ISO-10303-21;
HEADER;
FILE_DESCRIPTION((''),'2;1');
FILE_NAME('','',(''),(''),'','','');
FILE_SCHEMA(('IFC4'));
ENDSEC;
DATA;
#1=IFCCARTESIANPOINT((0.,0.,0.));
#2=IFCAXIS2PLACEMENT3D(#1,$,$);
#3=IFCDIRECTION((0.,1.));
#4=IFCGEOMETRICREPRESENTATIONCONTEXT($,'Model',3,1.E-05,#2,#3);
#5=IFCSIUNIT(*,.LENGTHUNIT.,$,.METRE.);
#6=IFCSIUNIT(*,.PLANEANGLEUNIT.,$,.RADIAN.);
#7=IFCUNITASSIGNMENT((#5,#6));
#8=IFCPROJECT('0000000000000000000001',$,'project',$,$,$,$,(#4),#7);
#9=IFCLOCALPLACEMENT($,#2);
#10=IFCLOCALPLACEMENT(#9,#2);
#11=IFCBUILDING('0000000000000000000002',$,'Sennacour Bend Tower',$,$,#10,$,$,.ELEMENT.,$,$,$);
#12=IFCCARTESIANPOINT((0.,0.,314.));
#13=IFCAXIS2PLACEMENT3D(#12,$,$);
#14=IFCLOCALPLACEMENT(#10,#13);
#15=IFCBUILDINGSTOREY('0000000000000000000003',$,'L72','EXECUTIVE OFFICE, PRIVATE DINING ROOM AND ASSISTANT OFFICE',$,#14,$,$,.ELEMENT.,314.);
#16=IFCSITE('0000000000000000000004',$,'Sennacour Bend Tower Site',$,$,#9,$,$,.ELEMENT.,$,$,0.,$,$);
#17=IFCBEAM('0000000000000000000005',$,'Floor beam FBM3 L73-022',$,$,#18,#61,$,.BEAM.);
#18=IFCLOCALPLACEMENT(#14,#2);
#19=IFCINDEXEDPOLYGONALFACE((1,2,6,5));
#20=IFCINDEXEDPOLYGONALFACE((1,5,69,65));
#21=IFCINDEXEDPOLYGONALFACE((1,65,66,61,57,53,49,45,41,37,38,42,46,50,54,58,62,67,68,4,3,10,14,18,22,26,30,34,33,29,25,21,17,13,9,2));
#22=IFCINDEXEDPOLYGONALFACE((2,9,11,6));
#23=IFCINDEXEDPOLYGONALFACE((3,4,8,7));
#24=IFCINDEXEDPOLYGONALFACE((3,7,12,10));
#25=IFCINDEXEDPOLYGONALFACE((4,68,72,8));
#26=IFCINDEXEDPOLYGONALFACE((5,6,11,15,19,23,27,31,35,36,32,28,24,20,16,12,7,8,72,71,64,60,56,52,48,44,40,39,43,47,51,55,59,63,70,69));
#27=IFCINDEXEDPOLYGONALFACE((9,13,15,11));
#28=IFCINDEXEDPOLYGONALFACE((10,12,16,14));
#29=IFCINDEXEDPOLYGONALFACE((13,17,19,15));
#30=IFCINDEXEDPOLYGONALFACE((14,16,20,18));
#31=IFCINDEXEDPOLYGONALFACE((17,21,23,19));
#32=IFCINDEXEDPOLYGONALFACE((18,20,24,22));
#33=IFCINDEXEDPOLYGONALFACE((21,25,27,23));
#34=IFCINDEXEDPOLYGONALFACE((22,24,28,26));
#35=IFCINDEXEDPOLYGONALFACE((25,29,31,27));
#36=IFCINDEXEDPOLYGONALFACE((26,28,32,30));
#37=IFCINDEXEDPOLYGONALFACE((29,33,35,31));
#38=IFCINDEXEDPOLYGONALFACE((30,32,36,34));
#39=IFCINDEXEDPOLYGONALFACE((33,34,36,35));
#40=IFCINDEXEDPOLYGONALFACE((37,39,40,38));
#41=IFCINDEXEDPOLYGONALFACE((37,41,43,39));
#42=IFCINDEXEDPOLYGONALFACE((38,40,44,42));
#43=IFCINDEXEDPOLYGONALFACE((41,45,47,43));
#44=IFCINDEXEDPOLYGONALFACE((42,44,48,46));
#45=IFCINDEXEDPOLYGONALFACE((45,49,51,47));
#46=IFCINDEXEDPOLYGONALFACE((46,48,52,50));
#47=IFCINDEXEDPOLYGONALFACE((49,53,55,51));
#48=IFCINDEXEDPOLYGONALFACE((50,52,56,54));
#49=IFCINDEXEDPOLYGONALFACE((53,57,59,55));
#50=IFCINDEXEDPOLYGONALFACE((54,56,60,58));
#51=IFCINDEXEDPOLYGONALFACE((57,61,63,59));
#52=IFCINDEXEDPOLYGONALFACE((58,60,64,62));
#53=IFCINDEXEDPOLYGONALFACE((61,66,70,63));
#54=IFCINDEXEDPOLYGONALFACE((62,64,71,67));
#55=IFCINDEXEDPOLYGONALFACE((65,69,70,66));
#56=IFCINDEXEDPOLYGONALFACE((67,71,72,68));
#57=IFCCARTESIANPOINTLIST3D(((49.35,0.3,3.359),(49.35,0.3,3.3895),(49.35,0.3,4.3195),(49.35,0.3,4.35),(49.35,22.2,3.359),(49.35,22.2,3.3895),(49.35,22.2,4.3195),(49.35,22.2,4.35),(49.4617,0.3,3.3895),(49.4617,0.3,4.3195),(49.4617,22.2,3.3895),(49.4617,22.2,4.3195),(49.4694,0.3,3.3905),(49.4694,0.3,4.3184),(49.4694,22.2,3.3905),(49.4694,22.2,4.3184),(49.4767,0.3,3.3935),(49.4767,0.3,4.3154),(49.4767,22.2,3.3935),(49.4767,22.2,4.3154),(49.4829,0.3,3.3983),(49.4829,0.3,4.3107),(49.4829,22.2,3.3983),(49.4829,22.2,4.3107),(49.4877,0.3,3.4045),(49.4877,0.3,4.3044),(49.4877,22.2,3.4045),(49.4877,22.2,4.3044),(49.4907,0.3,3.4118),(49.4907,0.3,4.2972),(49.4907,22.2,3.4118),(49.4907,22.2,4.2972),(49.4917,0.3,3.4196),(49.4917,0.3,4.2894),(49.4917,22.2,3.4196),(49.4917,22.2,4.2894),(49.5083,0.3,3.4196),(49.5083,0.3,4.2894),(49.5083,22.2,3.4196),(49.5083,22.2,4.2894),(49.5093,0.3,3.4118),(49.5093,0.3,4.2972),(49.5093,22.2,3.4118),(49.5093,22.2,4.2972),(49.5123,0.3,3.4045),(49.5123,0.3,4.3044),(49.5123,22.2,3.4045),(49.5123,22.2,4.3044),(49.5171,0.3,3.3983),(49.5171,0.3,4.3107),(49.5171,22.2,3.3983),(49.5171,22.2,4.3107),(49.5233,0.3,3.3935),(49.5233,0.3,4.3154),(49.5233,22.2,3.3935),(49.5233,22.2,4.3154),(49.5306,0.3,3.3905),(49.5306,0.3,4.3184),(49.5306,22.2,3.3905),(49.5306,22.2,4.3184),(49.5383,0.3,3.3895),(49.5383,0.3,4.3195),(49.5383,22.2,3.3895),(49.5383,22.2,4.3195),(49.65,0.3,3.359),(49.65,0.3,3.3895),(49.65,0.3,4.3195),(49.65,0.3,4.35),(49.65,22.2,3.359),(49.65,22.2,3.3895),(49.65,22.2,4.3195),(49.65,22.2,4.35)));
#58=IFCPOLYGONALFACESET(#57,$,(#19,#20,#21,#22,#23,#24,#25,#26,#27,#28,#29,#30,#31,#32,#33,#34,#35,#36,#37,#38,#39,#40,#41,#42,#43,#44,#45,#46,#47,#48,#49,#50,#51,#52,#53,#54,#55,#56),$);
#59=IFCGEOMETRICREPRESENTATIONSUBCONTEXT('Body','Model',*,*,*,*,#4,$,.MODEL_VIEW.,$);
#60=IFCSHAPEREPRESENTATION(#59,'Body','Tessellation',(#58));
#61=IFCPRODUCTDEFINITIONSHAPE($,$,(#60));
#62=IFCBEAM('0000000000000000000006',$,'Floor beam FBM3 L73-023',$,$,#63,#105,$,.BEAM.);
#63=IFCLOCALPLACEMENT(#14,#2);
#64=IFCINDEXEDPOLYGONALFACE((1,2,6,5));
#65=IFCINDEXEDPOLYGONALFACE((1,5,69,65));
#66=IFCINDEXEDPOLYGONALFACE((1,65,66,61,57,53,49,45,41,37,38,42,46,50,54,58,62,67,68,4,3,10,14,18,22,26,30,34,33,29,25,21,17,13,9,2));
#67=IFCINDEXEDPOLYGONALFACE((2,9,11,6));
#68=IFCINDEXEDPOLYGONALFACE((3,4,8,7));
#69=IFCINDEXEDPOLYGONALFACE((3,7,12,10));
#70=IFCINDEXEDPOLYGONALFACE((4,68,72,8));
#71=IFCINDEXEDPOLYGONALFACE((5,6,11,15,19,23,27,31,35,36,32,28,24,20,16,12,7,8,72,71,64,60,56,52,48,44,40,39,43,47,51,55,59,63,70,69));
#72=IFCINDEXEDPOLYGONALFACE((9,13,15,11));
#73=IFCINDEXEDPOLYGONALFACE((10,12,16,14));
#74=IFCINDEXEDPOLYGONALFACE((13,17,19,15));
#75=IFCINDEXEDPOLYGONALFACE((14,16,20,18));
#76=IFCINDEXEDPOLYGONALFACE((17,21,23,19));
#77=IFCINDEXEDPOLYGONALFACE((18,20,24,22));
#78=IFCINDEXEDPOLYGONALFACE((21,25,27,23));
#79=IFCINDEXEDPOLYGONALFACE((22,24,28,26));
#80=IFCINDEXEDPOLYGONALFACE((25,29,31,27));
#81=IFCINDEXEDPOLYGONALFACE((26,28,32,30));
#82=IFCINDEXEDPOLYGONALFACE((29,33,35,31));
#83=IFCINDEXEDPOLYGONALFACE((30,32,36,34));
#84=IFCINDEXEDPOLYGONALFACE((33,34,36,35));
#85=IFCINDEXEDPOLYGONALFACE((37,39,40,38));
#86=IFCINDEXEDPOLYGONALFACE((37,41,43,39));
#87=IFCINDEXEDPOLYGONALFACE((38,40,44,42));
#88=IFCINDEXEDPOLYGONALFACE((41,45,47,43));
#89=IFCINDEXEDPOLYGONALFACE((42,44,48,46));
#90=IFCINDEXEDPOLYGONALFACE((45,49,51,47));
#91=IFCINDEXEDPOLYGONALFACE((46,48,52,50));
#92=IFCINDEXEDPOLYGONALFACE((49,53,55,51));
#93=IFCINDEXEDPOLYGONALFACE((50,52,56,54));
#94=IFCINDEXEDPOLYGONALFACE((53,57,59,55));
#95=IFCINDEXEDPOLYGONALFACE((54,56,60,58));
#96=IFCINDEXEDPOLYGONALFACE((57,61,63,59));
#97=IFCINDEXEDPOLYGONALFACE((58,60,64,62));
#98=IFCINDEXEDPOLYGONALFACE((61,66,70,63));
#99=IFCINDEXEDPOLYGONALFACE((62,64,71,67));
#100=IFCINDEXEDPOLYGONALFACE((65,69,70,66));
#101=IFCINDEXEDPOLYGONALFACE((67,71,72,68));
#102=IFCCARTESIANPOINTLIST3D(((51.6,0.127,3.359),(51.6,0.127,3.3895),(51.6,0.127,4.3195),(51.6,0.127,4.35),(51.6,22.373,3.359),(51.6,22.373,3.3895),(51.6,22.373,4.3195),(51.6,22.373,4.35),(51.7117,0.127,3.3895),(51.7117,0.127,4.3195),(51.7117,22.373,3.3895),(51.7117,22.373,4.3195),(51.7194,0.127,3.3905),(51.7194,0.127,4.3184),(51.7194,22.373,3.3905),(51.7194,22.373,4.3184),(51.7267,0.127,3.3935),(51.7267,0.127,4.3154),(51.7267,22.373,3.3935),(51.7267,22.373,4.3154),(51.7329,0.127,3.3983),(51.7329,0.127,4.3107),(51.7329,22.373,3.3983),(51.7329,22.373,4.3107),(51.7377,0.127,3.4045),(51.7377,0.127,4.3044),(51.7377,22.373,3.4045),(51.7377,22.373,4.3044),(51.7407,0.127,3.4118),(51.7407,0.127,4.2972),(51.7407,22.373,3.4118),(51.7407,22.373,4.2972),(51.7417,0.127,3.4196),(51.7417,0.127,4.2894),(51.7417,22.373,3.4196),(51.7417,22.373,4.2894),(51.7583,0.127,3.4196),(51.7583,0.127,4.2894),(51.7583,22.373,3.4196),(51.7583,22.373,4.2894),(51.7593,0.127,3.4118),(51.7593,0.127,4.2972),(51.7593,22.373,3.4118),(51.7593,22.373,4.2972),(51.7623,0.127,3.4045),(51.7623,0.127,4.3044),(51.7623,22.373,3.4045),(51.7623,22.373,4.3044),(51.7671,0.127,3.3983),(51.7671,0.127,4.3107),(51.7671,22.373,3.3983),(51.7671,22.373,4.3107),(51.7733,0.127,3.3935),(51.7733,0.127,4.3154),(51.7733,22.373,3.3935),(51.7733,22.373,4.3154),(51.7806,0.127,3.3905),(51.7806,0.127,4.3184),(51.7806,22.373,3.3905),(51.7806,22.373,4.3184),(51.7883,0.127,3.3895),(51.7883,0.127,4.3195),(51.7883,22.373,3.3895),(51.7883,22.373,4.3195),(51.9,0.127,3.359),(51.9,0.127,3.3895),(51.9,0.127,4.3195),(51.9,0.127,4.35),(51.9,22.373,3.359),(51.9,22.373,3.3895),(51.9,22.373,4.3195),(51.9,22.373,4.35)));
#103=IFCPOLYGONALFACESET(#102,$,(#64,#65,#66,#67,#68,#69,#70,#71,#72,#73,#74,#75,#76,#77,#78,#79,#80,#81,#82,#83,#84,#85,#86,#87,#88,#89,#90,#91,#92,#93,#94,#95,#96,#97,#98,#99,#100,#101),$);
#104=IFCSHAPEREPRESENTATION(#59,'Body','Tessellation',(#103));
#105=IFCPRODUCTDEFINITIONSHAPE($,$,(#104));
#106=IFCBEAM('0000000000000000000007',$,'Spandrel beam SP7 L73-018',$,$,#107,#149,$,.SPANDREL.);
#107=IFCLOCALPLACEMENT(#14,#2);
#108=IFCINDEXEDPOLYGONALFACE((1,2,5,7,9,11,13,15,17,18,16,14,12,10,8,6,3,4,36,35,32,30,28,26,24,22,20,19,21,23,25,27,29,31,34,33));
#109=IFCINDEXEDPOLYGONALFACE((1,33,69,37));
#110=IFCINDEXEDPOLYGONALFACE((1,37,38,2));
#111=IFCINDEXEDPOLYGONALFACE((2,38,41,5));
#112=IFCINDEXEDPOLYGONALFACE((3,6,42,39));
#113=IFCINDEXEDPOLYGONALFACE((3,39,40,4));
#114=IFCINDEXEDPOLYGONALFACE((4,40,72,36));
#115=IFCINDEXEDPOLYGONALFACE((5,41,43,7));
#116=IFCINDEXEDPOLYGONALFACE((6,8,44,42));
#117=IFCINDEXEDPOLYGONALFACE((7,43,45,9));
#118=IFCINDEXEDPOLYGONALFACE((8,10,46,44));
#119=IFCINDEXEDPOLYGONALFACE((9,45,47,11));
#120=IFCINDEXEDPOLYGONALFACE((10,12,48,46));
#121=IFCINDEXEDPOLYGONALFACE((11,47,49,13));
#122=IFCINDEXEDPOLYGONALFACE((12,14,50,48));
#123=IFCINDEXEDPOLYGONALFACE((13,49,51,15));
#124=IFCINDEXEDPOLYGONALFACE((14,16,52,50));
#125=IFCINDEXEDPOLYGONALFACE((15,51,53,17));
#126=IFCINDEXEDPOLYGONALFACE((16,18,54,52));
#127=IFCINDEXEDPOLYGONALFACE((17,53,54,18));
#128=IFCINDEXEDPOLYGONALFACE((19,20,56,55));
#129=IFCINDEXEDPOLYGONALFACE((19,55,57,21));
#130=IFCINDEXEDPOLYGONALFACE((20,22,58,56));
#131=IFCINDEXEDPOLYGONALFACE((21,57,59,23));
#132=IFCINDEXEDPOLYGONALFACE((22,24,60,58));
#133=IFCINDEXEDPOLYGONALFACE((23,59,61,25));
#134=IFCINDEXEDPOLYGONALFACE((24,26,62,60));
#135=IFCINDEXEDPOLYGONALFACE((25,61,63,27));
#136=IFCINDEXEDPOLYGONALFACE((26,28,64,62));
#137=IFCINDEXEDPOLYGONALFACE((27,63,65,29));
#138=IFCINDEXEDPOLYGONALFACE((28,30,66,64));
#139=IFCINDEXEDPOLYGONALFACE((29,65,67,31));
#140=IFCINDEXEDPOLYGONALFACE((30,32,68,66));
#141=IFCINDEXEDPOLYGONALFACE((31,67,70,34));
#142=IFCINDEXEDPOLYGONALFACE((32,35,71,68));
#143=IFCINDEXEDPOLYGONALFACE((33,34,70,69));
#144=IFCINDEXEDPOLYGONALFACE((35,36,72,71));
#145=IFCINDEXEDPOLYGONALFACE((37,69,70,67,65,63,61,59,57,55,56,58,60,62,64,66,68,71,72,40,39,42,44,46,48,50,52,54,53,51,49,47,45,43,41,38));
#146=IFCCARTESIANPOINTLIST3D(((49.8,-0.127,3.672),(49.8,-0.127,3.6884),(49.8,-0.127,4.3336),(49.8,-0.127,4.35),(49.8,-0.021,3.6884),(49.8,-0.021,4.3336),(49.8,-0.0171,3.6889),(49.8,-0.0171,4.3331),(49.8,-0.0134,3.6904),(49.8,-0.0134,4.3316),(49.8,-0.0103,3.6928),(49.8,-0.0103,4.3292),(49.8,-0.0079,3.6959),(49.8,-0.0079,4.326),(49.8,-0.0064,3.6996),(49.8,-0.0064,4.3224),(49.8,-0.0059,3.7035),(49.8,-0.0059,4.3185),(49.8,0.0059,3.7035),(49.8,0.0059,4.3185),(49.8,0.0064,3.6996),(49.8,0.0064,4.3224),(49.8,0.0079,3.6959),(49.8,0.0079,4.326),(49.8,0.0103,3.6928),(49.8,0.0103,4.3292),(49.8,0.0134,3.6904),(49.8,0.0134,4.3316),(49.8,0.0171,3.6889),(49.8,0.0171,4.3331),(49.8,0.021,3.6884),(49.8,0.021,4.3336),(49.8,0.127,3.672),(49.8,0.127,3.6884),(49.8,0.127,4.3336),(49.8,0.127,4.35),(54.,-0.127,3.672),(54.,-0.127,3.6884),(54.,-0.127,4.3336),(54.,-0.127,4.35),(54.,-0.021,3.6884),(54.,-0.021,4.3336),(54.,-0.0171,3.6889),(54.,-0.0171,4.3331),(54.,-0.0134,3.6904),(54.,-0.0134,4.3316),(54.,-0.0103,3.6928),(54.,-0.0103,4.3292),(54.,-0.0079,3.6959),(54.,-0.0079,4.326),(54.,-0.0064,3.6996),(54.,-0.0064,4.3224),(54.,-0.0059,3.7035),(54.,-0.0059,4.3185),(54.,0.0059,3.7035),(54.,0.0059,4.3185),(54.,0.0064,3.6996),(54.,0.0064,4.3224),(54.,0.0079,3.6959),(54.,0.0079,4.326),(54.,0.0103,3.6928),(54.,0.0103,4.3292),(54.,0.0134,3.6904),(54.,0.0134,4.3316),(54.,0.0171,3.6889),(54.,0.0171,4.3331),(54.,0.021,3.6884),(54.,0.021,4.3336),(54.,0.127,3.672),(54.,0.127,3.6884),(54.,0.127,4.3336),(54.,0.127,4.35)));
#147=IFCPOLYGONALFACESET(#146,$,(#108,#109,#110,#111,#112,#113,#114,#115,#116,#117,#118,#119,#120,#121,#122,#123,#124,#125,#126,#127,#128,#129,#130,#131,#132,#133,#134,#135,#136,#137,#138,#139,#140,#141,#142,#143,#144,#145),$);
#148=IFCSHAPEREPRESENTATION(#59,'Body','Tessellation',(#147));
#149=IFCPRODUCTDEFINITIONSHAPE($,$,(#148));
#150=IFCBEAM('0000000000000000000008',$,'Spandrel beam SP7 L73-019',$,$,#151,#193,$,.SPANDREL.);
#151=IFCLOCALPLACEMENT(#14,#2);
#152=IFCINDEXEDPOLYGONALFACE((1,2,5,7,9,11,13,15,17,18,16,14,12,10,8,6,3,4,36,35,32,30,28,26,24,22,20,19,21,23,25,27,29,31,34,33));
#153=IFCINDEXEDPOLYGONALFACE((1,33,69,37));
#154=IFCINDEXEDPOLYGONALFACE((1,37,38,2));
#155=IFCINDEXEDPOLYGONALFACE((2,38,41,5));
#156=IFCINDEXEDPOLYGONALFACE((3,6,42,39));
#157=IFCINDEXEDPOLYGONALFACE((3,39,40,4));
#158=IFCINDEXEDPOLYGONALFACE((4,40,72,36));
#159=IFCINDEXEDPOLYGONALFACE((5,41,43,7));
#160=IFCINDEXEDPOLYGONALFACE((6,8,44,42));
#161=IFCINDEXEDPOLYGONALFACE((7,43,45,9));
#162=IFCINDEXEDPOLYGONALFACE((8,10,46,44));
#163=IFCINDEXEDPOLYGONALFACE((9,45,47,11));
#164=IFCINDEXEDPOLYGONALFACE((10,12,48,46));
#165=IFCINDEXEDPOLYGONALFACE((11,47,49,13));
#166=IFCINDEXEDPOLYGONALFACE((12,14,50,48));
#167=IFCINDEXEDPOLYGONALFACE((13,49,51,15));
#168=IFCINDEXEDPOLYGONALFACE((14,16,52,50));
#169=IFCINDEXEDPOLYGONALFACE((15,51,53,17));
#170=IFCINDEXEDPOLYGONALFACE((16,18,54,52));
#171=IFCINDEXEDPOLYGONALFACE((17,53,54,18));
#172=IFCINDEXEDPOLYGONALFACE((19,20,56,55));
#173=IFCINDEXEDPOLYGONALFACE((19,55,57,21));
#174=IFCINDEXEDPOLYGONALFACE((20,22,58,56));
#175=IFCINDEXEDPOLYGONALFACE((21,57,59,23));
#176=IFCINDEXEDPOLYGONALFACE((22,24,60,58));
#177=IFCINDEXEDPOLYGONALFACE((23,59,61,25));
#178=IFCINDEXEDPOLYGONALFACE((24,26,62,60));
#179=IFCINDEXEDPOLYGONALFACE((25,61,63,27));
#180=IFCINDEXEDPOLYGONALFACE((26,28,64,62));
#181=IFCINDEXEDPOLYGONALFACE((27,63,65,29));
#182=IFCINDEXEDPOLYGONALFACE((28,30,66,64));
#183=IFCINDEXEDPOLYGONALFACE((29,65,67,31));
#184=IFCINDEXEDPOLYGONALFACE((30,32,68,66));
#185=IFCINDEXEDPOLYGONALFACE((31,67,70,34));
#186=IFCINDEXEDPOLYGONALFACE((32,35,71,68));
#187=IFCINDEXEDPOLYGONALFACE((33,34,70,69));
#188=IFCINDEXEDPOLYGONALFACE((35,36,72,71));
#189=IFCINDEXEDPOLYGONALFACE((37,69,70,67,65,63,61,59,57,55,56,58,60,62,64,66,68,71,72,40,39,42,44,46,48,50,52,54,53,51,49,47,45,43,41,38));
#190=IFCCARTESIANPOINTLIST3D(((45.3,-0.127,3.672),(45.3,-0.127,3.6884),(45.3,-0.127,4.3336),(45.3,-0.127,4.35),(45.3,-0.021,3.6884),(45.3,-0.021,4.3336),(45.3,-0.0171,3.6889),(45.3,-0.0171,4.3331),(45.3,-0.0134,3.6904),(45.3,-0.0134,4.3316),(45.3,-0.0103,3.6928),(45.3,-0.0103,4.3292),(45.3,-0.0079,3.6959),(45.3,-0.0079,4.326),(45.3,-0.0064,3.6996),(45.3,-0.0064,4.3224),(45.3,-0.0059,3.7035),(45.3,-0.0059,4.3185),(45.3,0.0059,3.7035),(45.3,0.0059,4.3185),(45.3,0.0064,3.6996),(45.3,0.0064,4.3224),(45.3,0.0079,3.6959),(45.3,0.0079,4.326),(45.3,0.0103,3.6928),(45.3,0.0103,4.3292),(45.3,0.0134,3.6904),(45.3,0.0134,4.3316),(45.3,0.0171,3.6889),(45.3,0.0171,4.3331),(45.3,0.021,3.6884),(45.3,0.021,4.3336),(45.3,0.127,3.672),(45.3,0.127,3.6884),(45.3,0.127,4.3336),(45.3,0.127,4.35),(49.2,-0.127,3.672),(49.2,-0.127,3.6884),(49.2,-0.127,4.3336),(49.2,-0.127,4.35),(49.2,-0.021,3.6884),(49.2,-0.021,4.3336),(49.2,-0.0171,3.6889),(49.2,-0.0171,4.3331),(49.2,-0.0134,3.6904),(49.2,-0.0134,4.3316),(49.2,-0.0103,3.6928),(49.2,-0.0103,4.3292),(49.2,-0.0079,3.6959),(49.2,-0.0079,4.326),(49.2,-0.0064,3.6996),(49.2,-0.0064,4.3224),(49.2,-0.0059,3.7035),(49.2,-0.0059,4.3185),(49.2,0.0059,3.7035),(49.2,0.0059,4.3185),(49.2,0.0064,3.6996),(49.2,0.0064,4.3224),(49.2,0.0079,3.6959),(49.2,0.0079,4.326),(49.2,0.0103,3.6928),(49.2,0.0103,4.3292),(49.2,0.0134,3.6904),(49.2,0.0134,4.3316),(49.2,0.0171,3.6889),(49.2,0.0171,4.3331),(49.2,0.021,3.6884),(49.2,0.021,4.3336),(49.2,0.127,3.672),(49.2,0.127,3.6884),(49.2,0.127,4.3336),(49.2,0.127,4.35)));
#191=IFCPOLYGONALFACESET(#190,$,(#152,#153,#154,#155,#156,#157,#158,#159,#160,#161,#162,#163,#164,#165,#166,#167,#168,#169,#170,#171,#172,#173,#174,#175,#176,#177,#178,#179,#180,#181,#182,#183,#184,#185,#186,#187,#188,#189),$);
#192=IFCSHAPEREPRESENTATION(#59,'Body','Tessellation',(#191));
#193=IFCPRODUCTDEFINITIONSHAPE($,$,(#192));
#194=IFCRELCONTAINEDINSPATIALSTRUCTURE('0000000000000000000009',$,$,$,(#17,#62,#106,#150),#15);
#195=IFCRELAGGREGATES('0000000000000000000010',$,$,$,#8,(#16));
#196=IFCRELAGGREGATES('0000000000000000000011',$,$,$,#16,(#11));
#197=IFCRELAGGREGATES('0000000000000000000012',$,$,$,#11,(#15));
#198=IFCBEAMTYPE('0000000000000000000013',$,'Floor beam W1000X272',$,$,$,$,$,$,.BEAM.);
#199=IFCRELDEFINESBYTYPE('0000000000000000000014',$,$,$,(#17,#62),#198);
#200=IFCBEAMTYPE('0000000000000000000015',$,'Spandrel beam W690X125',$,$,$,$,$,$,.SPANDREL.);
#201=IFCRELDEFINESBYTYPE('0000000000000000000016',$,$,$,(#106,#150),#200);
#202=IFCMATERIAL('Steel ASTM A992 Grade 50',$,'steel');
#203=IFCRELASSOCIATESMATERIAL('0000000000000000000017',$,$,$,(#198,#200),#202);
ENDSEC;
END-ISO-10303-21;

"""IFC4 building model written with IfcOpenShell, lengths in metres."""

from ifc_helpers import new_model, si_unit, direction, frame, origin, origin_2d, place, context, subcontext, project, spatial, i_section, extrude, material, material_profile, profile_set, type_object, element, save


model = new_model("IFC4")

# Units and contexts
model_context = context("Model", 3, precision=1e-05, world=origin(), true_north=direction((0.0, 1.0)))
body_context = subcontext(model_context, "Body", "Model", "MODEL_VIEW")
ifc_project = project(units=[si_unit("LENGTHUNIT", "METRE"), si_unit("PLANEANGLEUNIT", "RADIAN")], contexts=[model_context])

# Site, building, storey
site_placement = place(None, origin())
site = spatial("IfcSite", under=ifc_project, at=site_placement, Name="Sennacour Bend Tower Site", CompositionType="ELEMENT", RefElevation=0.0)
building_placement = place(site_placement, origin())
building = spatial("IfcBuilding", under=site, at=building_placement, Name="Sennacour Bend Tower", CompositionType="ELEMENT")
storey_placement = place(building_placement, frame((0.0, 0.0, 314.0)))
storey = spatial("IfcBuildingStorey", under=building, at=storey_placement, Name="L72", Description="EXECUTIVE OFFICE, PRIVATE DINING ROOM AND ASSISTANT OFFICE", CompositionType="ELEMENT", Elevation=314.0)

# Beams
ifc_material_1 = material(Name="Steel ASTM A992 Grade 50", Category="steel")
ifc_material_profile_1 = material_profile(ifc_material_1, i_section(OverallWidth=0.3, OverallDepth=0.991, WebThickness=0.0166, FlangeThickness=0.0305, FilletRadius=0.03, at=origin_2d()), Name="Steel ASTM A992 Grade 50", Category="steel")
ifc_profile_set_1 = profile_set([ifc_material_profile_1], Name="Steel ASTM A992 Grade 50")
beam_type_1 = type_object("IfcBeamType", Name="Floor beam W1000X272", PredefinedType="BEAM", material=ifc_profile_set_1)
beam_1_placement = place(storey_placement, frame((49.5, 0.3, 3.8545), z_axis=(0.0, 1.0, 0.0), x_axis=(-1.0, 0.0, 0.0)))
element("IfcBeam", 1, at=beam_1_placement, inside=storey, type_object=beam_type_1, Name="Floor beam FBM3 L73-022", PredefinedType="BEAM", context=body_context, shape_type="SweptSolid", body=[
    extrude(i_section(OverallWidth=0.3, OverallDepth=0.991, WebThickness=0.0166, FlangeThickness=0.0305, FilletRadius=0.03, at=origin_2d()), origin(), (0.0, 0.0, 1.0), 21.8999),
])
beam_2_placement = place(storey_placement, frame((51.75, 0.127, 3.8545), z_axis=(0.0, 1.0, 0.0), x_axis=(-1.0, 0.0, 0.0)))
element("IfcBeam", 2, at=beam_2_placement, inside=storey, type_object=beam_type_1, Name="Floor beam FBM3 L73-023", PredefinedType="BEAM", context=body_context, shape_type="SweptSolid", body=[
    extrude(i_section(OverallWidth=0.3, OverallDepth=0.991, WebThickness=0.0166, FlangeThickness=0.0305, FilletRadius=0.03, at=origin_2d()), origin(), (0.0, 0.0, 1.0), 22.2461),
])
ifc_material_profile_2 = material_profile(ifc_material_1, i_section(OverallWidth=0.2539, OverallDepth=0.678, WebThickness=0.0117, FlangeThickness=0.0164, FilletRadius=0.0151, at=origin_2d()), Name="Steel ASTM A992 Grade 50", Category="steel")
ifc_profile_set_2 = profile_set([ifc_material_profile_2], Name="Steel ASTM A992 Grade 50")
beam_type_2 = type_object("IfcBeamType", Name="Spandrel beam W690X125", PredefinedType="SPANDREL", material=ifc_profile_set_2)
beam_3_placement = place(storey_placement, frame((54.0, 0.0, 4.011), z_axis=(-1.0, 0.0, 0.0), x_axis=(0.0, -1.0, 0.0)))
element("IfcBeam", 3, at=beam_3_placement, inside=storey, type_object=beam_type_2, Name="Spandrel beam SP7 L73-018", PredefinedType="SPANDREL", context=body_context, shape_type="SweptSolid", body=[
    extrude(i_section(OverallWidth=0.2539, OverallDepth=0.678, WebThickness=0.0117, FlangeThickness=0.0164, FilletRadius=0.0151, at=origin_2d()), origin(), (0.0, 0.0, 1.0), 4.2),
])
beam_4_placement = place(storey_placement, frame((49.2, 0.0, 4.011), z_axis=(-1.0, 0.0, 0.0), x_axis=(0.0, -1.0, 0.0)))
element("IfcBeam", 4, at=beam_4_placement, inside=storey, type_object=beam_type_2, Name="Spandrel beam SP7 L73-019", PredefinedType="SPANDREL", context=body_context, shape_type="SweptSolid", body=[
    extrude(i_section(OverallWidth=0.2539, OverallDepth=0.678, WebThickness=0.0117, FlangeThickness=0.0164, FilletRadius=0.0151, at=origin_2d()), origin(), (0.0, 0.0, 1.0), 3.8999),
])

save(model, "model.ifc")
